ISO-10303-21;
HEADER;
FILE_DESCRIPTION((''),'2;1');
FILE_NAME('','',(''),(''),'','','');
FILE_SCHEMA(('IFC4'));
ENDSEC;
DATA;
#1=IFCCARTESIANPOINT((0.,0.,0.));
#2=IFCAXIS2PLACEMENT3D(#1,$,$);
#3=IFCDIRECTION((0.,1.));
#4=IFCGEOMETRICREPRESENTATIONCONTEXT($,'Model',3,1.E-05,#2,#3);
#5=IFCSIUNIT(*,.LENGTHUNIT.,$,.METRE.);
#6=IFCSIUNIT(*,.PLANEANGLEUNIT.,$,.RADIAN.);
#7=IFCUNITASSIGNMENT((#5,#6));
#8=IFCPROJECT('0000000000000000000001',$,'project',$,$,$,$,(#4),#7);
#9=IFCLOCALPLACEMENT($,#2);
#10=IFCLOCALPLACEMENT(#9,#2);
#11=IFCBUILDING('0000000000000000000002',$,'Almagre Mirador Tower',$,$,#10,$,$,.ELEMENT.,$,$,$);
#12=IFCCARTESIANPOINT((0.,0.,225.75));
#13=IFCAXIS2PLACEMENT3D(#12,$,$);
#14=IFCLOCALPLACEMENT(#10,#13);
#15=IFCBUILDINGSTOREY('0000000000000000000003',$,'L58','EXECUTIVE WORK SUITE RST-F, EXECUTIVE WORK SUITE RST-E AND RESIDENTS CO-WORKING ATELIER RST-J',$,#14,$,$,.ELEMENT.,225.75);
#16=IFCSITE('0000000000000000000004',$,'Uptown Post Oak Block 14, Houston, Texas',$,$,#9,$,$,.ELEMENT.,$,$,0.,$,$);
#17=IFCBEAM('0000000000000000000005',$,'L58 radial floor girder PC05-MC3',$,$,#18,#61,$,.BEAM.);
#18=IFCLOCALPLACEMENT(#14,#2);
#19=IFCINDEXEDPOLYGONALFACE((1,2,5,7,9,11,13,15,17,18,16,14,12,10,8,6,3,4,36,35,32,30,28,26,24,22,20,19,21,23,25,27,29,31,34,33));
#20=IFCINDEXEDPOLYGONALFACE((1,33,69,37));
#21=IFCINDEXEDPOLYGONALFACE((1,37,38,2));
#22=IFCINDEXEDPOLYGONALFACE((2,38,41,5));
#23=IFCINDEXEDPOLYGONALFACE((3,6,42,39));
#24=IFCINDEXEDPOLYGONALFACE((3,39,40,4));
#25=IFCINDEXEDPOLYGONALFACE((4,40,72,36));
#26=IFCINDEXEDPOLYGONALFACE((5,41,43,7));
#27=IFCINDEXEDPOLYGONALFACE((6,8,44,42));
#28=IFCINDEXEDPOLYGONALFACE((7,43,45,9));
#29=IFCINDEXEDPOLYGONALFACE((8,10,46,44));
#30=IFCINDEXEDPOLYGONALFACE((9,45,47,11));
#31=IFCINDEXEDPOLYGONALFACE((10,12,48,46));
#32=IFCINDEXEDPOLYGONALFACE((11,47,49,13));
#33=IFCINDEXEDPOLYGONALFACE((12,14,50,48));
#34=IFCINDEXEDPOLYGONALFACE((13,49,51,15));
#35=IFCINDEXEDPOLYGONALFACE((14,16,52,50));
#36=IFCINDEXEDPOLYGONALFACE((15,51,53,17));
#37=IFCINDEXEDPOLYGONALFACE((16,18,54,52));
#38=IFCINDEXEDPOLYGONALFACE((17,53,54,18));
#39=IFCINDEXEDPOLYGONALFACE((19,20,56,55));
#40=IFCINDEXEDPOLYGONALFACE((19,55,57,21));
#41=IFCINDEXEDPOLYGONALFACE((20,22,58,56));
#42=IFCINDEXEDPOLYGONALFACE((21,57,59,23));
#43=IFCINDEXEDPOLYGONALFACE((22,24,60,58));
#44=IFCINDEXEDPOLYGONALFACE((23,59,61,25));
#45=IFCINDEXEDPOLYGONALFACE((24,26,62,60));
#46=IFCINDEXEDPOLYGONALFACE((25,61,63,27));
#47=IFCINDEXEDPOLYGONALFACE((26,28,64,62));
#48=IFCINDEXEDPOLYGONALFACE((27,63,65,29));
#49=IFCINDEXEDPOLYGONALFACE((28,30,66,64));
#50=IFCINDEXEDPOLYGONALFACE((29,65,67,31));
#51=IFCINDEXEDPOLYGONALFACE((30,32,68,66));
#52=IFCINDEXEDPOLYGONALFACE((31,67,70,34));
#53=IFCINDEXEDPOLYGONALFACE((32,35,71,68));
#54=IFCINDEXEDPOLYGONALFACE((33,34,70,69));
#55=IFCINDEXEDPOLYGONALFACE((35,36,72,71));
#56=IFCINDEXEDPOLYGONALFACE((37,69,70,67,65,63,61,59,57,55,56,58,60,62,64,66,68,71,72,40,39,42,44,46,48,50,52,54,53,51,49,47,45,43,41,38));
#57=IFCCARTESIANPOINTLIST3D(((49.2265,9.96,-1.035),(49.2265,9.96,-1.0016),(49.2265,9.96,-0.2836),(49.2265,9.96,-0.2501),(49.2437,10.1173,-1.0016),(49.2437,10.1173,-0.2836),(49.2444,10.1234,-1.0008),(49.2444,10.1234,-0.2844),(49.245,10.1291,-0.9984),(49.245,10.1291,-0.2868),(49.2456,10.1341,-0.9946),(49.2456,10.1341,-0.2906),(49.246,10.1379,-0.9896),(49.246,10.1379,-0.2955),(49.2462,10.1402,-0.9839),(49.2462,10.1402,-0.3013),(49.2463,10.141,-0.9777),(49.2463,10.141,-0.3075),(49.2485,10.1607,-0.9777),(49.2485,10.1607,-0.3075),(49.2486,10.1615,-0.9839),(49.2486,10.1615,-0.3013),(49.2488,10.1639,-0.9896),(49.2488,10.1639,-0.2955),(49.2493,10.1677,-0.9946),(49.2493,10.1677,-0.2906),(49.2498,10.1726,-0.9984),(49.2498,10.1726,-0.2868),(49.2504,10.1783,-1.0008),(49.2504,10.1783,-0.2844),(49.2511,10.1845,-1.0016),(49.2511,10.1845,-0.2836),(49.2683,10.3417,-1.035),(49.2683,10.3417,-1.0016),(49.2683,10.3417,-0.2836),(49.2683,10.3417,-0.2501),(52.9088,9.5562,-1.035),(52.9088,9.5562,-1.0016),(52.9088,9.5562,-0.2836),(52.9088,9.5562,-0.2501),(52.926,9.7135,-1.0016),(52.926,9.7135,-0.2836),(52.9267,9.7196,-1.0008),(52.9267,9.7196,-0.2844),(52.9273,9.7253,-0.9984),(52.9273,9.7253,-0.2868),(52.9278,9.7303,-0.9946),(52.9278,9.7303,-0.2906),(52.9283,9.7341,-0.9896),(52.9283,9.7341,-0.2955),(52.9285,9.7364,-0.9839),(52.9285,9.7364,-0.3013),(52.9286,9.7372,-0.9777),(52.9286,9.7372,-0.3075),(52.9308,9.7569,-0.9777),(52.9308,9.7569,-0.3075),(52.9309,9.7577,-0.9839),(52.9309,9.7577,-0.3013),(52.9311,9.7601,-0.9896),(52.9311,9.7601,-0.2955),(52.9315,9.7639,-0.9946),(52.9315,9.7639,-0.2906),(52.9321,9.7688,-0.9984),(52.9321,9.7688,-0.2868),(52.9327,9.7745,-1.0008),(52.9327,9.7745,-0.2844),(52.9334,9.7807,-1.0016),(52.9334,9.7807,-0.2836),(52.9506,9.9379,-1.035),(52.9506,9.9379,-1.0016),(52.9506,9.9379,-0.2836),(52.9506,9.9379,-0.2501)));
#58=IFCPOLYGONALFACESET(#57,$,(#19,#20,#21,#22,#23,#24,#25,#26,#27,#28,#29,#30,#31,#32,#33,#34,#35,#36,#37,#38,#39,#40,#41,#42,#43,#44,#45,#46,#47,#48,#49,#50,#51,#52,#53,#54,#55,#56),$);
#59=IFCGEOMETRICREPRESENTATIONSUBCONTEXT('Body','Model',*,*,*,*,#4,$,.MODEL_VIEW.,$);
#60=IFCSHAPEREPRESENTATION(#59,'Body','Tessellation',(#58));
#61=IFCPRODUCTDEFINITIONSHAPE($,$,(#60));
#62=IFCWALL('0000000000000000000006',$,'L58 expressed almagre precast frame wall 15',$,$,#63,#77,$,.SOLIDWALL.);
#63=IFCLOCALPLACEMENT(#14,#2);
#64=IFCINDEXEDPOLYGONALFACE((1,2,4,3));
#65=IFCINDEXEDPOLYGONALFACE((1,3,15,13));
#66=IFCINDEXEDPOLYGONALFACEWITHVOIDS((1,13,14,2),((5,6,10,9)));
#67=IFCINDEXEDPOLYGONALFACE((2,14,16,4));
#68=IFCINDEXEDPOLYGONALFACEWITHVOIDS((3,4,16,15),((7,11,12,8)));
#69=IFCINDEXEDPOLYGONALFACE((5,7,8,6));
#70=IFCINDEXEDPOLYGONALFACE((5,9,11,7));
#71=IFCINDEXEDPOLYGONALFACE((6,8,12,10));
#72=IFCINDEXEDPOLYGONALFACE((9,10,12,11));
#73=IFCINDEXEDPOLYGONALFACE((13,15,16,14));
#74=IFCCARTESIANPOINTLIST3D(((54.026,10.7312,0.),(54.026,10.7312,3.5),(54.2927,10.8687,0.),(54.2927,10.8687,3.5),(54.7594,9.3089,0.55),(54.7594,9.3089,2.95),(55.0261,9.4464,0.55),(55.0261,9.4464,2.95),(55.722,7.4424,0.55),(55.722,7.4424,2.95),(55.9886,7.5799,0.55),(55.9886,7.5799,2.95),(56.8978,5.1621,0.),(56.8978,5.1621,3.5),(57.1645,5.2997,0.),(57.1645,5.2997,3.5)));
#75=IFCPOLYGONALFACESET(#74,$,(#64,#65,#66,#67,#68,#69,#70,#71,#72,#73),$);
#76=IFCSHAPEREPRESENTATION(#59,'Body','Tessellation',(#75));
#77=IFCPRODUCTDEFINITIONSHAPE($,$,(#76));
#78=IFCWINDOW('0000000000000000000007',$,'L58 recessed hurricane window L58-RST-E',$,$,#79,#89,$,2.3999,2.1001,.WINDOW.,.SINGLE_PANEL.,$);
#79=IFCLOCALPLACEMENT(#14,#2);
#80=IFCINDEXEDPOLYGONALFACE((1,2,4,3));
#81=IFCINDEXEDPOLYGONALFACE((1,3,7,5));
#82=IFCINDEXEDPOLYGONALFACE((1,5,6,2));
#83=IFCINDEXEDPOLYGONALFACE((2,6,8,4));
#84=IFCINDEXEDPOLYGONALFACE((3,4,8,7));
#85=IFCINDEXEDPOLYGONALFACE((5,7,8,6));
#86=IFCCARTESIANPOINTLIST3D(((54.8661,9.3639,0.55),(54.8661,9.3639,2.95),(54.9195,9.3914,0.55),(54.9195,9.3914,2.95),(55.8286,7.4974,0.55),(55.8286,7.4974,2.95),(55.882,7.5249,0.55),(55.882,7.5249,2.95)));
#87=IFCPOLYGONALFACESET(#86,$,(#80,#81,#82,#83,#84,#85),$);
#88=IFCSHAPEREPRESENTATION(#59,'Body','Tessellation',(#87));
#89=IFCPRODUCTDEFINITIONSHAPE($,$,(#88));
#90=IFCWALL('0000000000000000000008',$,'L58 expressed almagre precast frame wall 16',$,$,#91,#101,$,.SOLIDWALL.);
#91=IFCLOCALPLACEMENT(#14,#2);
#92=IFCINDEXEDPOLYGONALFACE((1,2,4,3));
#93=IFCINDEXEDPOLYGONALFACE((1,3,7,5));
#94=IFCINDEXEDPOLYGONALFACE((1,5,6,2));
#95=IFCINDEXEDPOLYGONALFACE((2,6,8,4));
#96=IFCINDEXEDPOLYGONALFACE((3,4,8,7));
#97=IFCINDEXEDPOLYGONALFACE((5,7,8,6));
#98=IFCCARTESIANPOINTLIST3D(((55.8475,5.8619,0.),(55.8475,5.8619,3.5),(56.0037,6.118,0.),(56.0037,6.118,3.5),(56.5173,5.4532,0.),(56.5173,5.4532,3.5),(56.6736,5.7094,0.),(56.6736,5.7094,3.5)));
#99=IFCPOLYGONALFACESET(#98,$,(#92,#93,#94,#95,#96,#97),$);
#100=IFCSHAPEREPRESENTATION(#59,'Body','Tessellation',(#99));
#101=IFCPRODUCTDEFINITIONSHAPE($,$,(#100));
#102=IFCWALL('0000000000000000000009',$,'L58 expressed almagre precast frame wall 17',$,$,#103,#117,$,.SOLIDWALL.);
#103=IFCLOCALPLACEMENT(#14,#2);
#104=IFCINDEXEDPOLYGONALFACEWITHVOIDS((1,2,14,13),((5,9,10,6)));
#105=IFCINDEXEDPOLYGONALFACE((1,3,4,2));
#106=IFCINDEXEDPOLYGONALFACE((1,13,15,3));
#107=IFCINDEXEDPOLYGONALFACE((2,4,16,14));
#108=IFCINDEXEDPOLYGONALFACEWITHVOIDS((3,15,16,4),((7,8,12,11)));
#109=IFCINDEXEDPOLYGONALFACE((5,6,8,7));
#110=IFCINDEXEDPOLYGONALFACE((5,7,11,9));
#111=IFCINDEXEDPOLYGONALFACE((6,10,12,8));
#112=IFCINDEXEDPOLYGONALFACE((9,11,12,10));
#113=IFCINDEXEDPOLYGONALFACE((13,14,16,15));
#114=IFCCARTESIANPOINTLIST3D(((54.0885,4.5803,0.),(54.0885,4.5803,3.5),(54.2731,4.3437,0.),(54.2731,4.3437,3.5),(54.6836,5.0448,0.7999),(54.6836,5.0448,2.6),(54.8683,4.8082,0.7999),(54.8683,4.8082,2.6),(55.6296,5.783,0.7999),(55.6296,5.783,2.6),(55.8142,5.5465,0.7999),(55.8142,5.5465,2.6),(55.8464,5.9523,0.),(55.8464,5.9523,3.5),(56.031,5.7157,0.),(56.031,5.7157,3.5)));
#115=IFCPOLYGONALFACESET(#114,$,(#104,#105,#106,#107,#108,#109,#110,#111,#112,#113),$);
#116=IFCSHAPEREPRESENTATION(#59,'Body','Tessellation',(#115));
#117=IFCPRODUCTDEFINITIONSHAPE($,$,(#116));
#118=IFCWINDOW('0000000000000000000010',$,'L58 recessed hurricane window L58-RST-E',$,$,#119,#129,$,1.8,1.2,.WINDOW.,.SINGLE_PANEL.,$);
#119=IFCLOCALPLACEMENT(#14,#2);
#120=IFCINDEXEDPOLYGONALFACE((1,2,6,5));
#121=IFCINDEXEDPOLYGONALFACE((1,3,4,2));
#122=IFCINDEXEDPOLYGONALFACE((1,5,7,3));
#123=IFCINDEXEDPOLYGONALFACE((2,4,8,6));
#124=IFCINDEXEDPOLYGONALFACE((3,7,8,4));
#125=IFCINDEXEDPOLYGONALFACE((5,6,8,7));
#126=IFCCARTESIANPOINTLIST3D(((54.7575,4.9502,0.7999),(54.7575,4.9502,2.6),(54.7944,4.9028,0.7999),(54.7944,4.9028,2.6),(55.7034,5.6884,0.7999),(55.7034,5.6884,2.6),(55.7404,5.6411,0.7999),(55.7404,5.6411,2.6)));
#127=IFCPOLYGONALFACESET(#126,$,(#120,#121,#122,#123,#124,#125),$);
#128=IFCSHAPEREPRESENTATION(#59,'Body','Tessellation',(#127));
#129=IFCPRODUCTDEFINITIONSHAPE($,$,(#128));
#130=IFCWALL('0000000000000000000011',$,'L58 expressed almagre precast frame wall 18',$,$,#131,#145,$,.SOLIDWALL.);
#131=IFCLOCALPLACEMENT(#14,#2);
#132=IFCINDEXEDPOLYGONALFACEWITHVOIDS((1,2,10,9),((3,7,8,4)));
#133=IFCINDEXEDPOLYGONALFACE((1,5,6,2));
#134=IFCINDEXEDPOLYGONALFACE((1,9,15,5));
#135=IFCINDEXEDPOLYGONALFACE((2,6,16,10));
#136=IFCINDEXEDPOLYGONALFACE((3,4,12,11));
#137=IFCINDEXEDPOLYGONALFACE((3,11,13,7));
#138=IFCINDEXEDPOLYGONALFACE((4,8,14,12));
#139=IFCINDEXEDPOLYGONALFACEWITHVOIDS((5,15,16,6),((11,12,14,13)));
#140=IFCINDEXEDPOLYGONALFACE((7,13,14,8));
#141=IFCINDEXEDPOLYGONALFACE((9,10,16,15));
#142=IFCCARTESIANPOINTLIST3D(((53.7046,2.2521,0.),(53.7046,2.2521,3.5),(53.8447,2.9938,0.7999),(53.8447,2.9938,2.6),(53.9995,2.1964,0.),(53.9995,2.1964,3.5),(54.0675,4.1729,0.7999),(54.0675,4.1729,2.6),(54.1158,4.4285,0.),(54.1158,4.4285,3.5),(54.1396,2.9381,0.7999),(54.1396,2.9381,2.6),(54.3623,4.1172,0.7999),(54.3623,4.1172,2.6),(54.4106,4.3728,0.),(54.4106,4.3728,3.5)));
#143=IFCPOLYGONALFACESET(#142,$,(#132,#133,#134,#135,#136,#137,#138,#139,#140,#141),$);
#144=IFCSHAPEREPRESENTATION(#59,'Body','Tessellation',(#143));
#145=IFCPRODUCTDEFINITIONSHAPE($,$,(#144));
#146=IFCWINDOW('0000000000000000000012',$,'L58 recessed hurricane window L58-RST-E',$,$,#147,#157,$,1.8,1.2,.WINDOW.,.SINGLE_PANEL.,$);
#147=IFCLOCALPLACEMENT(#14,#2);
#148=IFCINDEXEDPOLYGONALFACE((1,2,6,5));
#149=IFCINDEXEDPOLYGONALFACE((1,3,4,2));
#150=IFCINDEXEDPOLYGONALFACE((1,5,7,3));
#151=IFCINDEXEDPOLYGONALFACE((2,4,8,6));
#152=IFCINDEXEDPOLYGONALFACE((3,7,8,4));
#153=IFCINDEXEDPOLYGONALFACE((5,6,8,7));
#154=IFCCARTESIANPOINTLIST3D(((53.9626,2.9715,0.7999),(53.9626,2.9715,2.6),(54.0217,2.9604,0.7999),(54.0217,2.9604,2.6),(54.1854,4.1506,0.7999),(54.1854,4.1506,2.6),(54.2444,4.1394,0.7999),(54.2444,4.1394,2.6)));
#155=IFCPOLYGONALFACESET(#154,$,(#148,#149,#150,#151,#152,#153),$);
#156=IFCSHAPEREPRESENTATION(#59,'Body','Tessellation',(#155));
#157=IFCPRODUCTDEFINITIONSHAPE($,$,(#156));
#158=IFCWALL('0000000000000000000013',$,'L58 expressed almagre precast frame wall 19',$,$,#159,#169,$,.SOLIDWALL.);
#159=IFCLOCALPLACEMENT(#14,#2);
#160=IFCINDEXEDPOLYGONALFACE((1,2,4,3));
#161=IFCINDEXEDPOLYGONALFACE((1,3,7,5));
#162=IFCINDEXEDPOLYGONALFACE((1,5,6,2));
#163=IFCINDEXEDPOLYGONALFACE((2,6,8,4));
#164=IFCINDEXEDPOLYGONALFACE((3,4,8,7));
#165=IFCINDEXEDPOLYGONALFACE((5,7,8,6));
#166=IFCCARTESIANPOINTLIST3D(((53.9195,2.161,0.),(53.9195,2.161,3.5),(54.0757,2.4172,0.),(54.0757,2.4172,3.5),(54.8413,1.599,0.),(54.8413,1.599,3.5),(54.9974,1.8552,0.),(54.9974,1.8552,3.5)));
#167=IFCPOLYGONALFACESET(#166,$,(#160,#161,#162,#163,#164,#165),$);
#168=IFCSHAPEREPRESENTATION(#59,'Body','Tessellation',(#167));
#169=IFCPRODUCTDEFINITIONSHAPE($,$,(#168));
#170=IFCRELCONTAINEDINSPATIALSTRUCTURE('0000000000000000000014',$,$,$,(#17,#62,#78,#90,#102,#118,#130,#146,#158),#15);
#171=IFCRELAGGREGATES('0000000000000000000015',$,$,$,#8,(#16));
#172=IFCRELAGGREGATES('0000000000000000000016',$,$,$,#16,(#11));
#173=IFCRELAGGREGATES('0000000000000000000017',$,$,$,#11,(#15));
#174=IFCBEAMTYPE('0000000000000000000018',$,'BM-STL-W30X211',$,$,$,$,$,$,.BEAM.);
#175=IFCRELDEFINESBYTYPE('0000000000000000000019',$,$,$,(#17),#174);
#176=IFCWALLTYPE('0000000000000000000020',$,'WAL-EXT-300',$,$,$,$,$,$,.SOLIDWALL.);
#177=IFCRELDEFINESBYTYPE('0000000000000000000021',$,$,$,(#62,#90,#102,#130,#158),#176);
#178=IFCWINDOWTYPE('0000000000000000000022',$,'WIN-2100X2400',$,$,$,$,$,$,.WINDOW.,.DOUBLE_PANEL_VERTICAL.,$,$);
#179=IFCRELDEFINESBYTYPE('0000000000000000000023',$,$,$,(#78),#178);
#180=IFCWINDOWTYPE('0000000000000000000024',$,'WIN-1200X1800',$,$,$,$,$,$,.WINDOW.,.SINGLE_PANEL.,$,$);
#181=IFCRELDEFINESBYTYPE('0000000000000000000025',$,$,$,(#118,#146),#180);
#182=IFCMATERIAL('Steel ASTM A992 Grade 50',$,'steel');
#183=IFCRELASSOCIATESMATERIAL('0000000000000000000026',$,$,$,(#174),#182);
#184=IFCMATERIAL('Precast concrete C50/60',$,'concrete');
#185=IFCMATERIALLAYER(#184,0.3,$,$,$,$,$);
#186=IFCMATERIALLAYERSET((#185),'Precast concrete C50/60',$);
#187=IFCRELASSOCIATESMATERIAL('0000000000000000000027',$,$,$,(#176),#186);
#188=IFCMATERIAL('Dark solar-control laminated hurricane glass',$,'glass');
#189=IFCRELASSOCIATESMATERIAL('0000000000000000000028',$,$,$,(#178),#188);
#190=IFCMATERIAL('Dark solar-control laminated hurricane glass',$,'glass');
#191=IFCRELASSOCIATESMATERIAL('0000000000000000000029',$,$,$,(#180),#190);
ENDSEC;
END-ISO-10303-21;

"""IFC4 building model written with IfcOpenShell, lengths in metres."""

from ifc_helpers import new_model, si_unit, direction, frame, frame_2d, origin, origin_2d, place, context, subcontext, project, spatial, rectangle, i_section, extrude, material, layer, layer_set, material_profile, profile_set, type_object, element, fill, save


model = new_model("IFC4")

# Units and contexts
model_context = context("Model", 3, precision=1e-05, world=origin(), true_north=direction((0.0, 1.0)))
body_context = subcontext(model_context, "Body", "Model", "MODEL_VIEW")
ifc_project = project(units=[si_unit("LENGTHUNIT", "METRE"), si_unit("PLANEANGLEUNIT", "RADIAN")], contexts=[model_context])

# Site, building, storey
site_placement = place(None, origin())
site = spatial("IfcSite", under=ifc_project, at=site_placement, Name="Uptown Post Oak Block 14, Houston, Texas", CompositionType="ELEMENT", RefElevation=0.0)
building_placement = place(site_placement, origin())
building = spatial("IfcBuilding", under=site, at=building_placement, Name="Almagre Mirador Tower", CompositionType="ELEMENT")
storey_placement = place(building_placement, frame((0.0, 0.0, 225.75)))
storey = spatial("IfcBuildingStorey", under=building, at=storey_placement, Name="L58", Description="EXECUTIVE WORK SUITE RST-F, EXECUTIVE WORK SUITE RST-E AND RESIDENTS CO-WORKING ATELIER RST-J", CompositionType="ELEMENT", Elevation=225.75)

# Beam
ifc_material_1 = material(Name="Steel ASTM A992 Grade 50", Category="steel")
ifc_material_profile_1 = material_profile(ifc_material_1, i_section(OverallWidth=0.384, OverallDepth=0.7849, WebThickness=0.0198, FlangeThickness=0.0334, FilletRadius=0.0239, at=origin_2d()), Name="W30X211")
ifc_profile_set_1 = profile_set([ifc_material_profile_1], Name="Steel ASTM A992 Grade 50")
beam_type_1 = type_object("IfcBeamType", Name="BM-STL-W30X211", PredefinedType="BEAM", material=ifc_profile_set_1)
beam_1_placement = place(storey_placement, frame((52.9297, 9.7471, -0.6426), z_axis=(-0.994041, 0.109006, 0.0), x_axis=(-0.109006, -0.994041, 0.0)))
element("IfcBeam", 1, at=beam_1_placement, inside=storey, type_object=beam_type_1, Name="L58 radial floor girder PC05-MC3", PredefinedType="BEAM", context=body_context, shape_type="SweptSolid", body=[
    extrude(i_section(OverallWidth=0.384, OverallDepth=0.7849, WebThickness=0.0198, FlangeThickness=0.0334, FilletRadius=0.0239, at=origin_2d()), origin(), (0.0, 0.0, 1.0), 3.7043),
])

# Wall, opening, window
ifc_material_2 = material(Name="Precast concrete C50/60", Category="concrete")
ifc_layer_1 = layer(ifc_material_2, 0.3)
ifc_layer_set_1 = layer_set([ifc_layer_1], Name="Precast concrete C50/60")
wall_type_1 = type_object("IfcWallType", Name="WAL-EXT-300", PredefinedType="SOLIDWALL", material=ifc_layer_set_1)
wall_1_placement = place(storey_placement, frame((54.1594, 10.7998, 0.0), z_axis=(0.0, 0.0, 1.0), x_axis=(0.458322, -0.888786, 0.0)))
wall_1 = element("IfcWall", 2, at=wall_1_placement, inside=storey, type_object=wall_type_1, Name="L58 expressed almagre precast frame wall 15", PredefinedType="SOLIDWALL", context=body_context, shape_type="SweptSolid", body=[
    extrude(rectangle(XDim=6.2659, YDim=0.3, at=frame_2d((3.1328, 0.0))), origin(), (0.0, 0.0, 1.0), 3.5),
])
opening_1_placement = place(wall_1_placement, frame((1.6001, 0.0, 0.55)))
opening_1 = element("IfcOpeningElement", 3, at=opening_1_placement, cuts=wall_1, PredefinedType="OPENING", context=body_context, shape_type="SweptSolid", body=[
    extrude(rectangle(XDim=2.1001, YDim=2.3999, at=frame_2d((1.05, 1.2))), frame((0.0, 0.1599, 0.0), z_axis=(0.0, -1.0, 0.0), x_axis=(1.0, 0.0, 0.0)), (0.0, 0.0, 1.0), 0.32),
])
ifc_material_3 = material(Name="Dark solar-control laminated hurricane glass", Category="glass")
window_type_1 = type_object("IfcWindowType", Name="WIN-2100X2400", PartitioningType="DOUBLE_PANEL_VERTICAL", PredefinedType="WINDOW", material=ifc_material_3)
window_1_placement = place(opening_1_placement, origin())
window_1 = element("IfcWindow", 4, at=window_1_placement, inside=storey, type_object=window_type_1, Name="L58 recessed hurricane window L58-RST-E", OverallHeight=2.3999, OverallWidth=2.1001, PartitioningType="SINGLE_PANEL", PredefinedType="WINDOW", context=body_context, shape_type="SweptSolid", body=[
    extrude(rectangle(XDim=2.1001, YDim=2.3999, at=frame_2d((1.05, 1.2))), frame((0.0, 0.03, 0.0), z_axis=(0.0, -1.0, 0.0), x_axis=(1.0, 0.0, 0.0)), (0.0, 0.0, 1.0), 0.0601),
])
fill(opening_1, window_1)

# Wall
wall_2_placement = place(storey_placement, frame((56.5955, 5.5813, 0.0), z_axis=(0.0, 0.0, 1.0), x_axis=(-0.853681, 0.520795, 0.0)))
element("IfcWall", 5, at=wall_2_placement, inside=storey, type_object=wall_type_1, Name="L58 expressed almagre precast frame wall 16", PredefinedType="SOLIDWALL", context=body_context, shape_type="SweptSolid", body=[
    extrude(rectangle(XDim=0.7847, YDim=0.3, at=frame_2d((0.3923, 0.0))), origin(), (0.0, 0.0, 1.0), 3.5),
])

# Walls, openings, windows
wall_3_placement = place(storey_placement, frame((55.9387, 5.834, 0.0), z_axis=(0.0, 0.0, 1.0), x_axis=(-0.788331, -0.615251, 0.0)))
wall_3 = element("IfcWall", 6, at=wall_3_placement, inside=storey, type_object=wall_type_1, Name="L58 expressed almagre precast frame wall 17", PredefinedType="SOLIDWALL", context=body_context, shape_type="SweptSolid", body=[
    extrude(rectangle(XDim=2.23, YDim=0.3, at=frame_2d((1.115, 0.0))), origin(), (0.0, 0.0, 1.0), 3.5),
])
opening_2_placement = place(wall_3_placement, frame((0.2749, 0.0, 0.8)))
opening_2 = element("IfcOpeningElement", 7, at=opening_2_placement, cuts=wall_3, PredefinedType="OPENING", context=body_context, shape_type="SweptSolid", body=[
    extrude(rectangle(XDim=1.2, YDim=1.8, at=frame_2d((0.6001, 0.8999))), frame((0.0, 0.1599, 0.0), z_axis=(0.0, -1.0, 0.0), x_axis=(1.0, 0.0, 0.0)), (0.0, 0.0, 1.0), 0.32),
])
ifc_material_4 = material(Name="Dark solar-control laminated hurricane glass", Category="glass")
window_type_2 = type_object("IfcWindowType", Name="WIN-1200X1800", PartitioningType="SINGLE_PANEL", PredefinedType="WINDOW", material=ifc_material_4)
window_2_placement = place(opening_2_placement, origin())
window_2 = element("IfcWindow", 8, at=window_2_placement, inside=storey, type_object=window_type_2, Name="L58 recessed hurricane window L58-RST-E", OverallHeight=1.8, OverallWidth=1.2, PartitioningType="SINGLE_PANEL", PredefinedType="WINDOW", context=body_context, shape_type="SweptSolid", body=[
    extrude(rectangle(XDim=1.2, YDim=1.8, at=frame_2d((0.6001, 0.8999))), frame((0.0, 0.03, 0.0), z_axis=(0.0, -1.0, 0.0), x_axis=(1.0, 0.0, 0.0)), (0.0, 0.0, 1.0), 0.0601),
])
fill(opening_2, window_2)
wall_4_placement = place(storey_placement, frame((54.2632, 4.4006, 0.0), z_axis=(0.0, 0.0, 1.0), x_axis=(-0.185633, -0.982619, 0.0)))
wall_4 = element("IfcWall", 9, at=wall_4_placement, inside=storey, type_object=wall_type_1, Name="L58 expressed almagre precast frame wall 18", PredefinedType="SOLIDWALL", context=body_context, shape_type="SweptSolid", body=[
    extrude(rectangle(XDim=2.2148, YDim=0.3, at=frame_2d((1.1074, 0.0))), origin(), (0.0, 0.0, 1.0), 3.5),
])
opening_3_placement = place(wall_4_placement, frame((0.26, 0.0, 0.8)))
opening_3 = element("IfcOpeningElement", 10, at=opening_3_placement, cuts=wall_4, PredefinedType="OPENING", context=body_context, shape_type="SweptSolid", body=[
    extrude(rectangle(XDim=1.2, YDim=1.8, at=frame_2d((0.6001, 0.8999))), frame((0.0, 0.1599, 0.0), z_axis=(0.0, -1.0, 0.0), x_axis=(1.0, 0.0, 0.0)), (0.0, 0.0, 1.0), 0.32),
])
window_3_placement = place(opening_3_placement, origin())
window_3 = element("IfcWindow", 11, at=window_3_placement, inside=storey, type_object=window_type_2, Name="L58 recessed hurricane window L58-RST-E", OverallHeight=1.8, OverallWidth=1.2, PartitioningType="SINGLE_PANEL", PredefinedType="WINDOW", context=body_context, shape_type="SweptSolid", body=[
    extrude(rectangle(XDim=1.2, YDim=1.8, at=frame_2d((0.6001, 0.8999))), frame((0.0, 0.03, 0.0), z_axis=(0.0, -1.0, 0.0), x_axis=(1.0, 0.0, 0.0)), (0.0, 0.0, 1.0), 0.0601),
])
fill(opening_3, window_3)

# Wall
wall_5_placement = place(storey_placement, frame((53.9976, 2.2891, 0.0), z_axis=(0.0, 0.0, 1.0), x_axis=(0.85384, -0.520535, 0.0)))
element("IfcWall", 12, at=wall_5_placement, inside=storey, type_object=wall_type_1, Name="L58 expressed almagre precast frame wall 19", PredefinedType="SOLIDWALL", context=body_context, shape_type="SweptSolid", body=[
    extrude(rectangle(XDim=1.0796, YDim=0.3, at=frame_2d((0.5398, 0.0))), origin(), (0.0, 0.0, 1.0), 3.5),
])

save(model, "model.ifc")
